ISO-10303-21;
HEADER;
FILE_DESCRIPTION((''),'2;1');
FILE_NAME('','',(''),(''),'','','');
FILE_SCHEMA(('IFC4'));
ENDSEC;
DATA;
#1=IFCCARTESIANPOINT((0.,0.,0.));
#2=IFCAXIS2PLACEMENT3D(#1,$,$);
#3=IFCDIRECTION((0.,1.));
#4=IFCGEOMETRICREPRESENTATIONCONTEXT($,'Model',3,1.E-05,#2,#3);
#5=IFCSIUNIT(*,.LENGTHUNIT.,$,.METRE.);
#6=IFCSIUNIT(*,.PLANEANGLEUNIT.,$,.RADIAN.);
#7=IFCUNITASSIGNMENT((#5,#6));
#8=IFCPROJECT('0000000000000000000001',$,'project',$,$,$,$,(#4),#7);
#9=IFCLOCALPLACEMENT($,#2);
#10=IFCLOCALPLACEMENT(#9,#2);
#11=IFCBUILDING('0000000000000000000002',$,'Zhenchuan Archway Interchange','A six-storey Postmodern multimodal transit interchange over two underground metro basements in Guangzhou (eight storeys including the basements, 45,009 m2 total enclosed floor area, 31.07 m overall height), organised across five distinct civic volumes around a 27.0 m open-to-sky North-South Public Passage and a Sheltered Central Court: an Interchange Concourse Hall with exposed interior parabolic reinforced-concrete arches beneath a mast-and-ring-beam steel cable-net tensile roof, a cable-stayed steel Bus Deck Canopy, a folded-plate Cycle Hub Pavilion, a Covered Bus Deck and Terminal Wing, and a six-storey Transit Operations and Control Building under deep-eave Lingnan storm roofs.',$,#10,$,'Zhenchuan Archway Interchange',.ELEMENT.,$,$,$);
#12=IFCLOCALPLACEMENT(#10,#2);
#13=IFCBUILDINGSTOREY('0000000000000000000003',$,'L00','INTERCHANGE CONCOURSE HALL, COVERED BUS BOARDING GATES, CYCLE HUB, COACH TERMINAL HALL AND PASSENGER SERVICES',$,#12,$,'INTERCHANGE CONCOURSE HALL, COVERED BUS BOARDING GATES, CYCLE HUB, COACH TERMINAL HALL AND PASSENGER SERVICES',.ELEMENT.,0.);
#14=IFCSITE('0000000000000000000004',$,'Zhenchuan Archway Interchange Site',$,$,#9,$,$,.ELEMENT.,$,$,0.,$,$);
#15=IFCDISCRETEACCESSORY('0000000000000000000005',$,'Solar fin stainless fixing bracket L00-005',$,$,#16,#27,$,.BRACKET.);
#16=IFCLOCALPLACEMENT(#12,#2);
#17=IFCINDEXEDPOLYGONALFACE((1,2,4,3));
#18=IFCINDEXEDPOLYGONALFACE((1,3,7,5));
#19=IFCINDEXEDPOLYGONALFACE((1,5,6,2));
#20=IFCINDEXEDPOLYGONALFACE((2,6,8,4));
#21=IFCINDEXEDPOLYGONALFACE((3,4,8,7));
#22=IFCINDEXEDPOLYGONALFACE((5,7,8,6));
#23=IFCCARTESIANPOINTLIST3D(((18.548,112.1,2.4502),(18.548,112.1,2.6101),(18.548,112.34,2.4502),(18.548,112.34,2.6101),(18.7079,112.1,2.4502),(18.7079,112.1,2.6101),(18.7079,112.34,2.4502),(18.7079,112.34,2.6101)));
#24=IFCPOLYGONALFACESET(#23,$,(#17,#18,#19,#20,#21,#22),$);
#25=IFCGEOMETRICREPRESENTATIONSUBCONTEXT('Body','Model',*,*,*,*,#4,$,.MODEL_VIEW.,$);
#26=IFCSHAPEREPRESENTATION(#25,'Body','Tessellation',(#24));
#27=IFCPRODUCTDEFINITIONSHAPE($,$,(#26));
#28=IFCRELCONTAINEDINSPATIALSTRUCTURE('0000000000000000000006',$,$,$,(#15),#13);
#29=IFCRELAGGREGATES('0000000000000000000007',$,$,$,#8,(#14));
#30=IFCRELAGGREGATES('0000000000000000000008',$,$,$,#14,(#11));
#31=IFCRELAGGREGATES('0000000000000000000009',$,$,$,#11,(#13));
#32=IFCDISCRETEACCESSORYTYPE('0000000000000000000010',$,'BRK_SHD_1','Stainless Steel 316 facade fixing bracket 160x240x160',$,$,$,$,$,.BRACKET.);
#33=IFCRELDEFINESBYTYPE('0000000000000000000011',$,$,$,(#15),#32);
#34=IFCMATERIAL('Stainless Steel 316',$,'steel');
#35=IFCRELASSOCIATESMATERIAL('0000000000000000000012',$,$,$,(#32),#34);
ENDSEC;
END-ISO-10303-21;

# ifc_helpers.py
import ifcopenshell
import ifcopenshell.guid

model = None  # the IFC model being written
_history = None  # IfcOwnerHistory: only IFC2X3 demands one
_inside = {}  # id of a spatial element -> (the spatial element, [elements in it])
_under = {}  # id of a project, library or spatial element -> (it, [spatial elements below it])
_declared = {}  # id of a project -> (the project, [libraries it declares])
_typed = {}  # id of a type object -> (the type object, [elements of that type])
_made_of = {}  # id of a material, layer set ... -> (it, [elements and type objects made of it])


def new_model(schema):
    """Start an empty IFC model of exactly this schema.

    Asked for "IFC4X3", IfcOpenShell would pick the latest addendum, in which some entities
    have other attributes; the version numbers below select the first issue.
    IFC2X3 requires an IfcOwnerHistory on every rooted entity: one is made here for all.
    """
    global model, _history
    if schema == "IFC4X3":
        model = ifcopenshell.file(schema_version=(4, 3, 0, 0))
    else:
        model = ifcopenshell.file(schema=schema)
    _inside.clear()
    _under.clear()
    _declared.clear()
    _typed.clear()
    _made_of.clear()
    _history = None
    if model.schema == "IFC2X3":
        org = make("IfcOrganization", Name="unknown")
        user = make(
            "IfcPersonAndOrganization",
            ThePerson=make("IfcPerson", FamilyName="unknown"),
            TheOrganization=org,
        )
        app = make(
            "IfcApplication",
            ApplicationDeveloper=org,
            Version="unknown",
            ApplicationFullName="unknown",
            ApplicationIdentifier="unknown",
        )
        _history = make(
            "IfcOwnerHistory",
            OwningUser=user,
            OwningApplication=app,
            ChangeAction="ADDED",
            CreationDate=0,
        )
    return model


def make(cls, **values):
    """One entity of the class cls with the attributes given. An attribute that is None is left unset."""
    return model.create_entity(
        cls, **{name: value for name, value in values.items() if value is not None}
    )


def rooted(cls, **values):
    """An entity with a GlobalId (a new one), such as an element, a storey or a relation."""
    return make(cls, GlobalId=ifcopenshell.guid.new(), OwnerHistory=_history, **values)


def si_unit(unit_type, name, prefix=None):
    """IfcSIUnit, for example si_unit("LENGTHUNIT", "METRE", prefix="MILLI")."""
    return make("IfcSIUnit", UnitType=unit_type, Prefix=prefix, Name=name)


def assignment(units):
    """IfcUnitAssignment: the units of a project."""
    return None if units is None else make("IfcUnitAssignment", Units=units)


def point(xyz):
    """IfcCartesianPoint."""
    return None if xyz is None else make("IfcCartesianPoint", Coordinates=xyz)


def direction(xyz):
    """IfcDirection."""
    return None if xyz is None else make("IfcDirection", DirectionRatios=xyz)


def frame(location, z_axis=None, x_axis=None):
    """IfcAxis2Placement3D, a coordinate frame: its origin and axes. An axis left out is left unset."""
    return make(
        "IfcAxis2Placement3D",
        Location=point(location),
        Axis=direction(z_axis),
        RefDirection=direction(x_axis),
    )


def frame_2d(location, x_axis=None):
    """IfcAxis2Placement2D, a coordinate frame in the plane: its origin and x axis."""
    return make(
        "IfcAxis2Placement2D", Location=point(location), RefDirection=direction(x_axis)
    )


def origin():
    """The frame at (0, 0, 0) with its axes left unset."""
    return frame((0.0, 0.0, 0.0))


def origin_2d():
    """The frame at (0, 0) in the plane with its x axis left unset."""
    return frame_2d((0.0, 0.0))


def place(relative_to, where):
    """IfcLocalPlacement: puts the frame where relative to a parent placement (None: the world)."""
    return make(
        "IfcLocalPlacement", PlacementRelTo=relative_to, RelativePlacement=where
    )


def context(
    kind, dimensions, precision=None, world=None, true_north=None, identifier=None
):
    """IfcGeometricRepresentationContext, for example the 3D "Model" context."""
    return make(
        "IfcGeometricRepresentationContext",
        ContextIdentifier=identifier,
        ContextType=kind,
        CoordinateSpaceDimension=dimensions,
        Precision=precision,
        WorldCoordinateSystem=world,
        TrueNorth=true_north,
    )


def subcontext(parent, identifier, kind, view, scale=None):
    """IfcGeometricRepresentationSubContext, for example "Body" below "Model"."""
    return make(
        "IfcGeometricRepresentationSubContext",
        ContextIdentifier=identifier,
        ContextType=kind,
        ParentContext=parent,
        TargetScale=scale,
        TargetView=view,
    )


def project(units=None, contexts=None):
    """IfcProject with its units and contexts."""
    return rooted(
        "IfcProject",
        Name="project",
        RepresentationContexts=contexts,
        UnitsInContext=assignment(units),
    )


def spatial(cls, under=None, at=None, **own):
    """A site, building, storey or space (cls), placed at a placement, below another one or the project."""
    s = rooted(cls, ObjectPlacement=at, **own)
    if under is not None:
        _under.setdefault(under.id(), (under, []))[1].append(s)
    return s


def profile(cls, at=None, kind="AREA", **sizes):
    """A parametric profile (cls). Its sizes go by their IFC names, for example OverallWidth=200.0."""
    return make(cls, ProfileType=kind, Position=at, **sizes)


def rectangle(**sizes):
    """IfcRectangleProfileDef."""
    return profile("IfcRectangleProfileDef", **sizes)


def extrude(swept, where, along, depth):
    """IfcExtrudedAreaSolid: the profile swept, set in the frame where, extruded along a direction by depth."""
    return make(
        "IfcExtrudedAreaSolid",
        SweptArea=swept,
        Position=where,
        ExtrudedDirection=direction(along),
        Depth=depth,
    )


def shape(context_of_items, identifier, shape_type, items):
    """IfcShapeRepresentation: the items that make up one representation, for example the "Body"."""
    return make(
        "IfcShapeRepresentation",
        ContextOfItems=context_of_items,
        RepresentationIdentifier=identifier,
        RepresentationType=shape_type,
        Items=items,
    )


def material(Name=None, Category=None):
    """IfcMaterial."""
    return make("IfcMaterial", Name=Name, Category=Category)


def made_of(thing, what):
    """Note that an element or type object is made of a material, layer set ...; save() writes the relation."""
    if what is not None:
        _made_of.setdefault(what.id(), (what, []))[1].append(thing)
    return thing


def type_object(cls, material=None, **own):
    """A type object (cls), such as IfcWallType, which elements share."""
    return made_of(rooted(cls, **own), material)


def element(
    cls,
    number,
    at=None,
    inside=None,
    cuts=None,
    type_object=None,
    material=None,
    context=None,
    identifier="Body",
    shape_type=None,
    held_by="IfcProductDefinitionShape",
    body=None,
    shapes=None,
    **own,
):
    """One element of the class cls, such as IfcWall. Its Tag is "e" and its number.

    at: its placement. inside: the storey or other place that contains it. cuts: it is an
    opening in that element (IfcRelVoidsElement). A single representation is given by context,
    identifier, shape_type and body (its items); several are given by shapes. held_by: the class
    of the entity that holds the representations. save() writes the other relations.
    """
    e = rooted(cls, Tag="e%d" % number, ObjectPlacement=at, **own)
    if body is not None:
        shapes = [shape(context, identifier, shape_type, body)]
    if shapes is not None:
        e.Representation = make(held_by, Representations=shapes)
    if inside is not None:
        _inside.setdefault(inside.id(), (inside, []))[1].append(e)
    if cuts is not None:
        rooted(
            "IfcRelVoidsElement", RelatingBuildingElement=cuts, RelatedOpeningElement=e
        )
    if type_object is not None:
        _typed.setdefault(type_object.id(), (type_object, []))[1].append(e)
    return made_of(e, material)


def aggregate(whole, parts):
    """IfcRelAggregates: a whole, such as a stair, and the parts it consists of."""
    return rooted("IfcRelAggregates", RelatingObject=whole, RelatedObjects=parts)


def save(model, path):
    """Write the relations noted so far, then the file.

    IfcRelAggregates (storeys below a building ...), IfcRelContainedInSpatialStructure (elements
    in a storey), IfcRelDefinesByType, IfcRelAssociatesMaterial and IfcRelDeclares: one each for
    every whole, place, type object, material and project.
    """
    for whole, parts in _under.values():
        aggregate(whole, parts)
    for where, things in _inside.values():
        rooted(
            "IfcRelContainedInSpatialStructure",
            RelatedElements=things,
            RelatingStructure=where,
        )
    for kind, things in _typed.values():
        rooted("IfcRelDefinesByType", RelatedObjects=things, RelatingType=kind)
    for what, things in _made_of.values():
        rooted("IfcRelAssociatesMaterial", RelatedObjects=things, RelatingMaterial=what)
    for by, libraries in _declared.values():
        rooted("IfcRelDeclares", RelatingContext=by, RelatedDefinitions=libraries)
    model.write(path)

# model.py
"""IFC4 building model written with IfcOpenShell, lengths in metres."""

from ifc_helpers import new_model, si_unit, direction, frame, origin, origin_2d, place, context, subcontext, project, spatial, rectangle, extrude, material, type_object, element, save


model = new_model("IFC4")

# Units and contexts
model_context = context("Model", 3, precision=1e-05, world=origin(), true_north=direction((0.0, 1.0)))
body_context = subcontext(model_context, "Body", "Model", "MODEL_VIEW")
ifc_project = project(units=[si_unit("LENGTHUNIT", "METRE"), si_unit("PLANEANGLEUNIT", "RADIAN")], contexts=[model_context])

# Site, building, storey
site_placement = place(None, origin())
site = spatial("IfcSite", under=ifc_project, at=site_placement, Name="Zhenchuan Archway Interchange Site", CompositionType="ELEMENT", RefElevation=0.0)
building_placement = place(site_placement, origin())
building = spatial("IfcBuilding", under=site, at=building_placement, Name="Zhenchuan Archway Interchange", Description="A six-storey Postmodern multimodal transit interchange over two underground metro basements in Guangzhou (eight storeys including the basements, 45,009 m2 total enclosed floor area, 31.07 m overall height), organised across five distinct civic volumes around a 27.0 m open-to-sky North-South Public Passage and a Sheltered Central Court: an Interchange Concourse Hall with exposed interior parabolic reinforced-concrete arches beneath a mast-and-ring-beam steel cable-net tensile roof, a cable-stayed steel Bus Deck Canopy, a folded-plate Cycle Hub Pavilion, a Covered Bus Deck and Terminal Wing, and a six-storey Transit Operations and Control Building under deep-eave Lingnan storm roofs.", LongName="Zhenchuan Archway Interchange", CompositionType="ELEMENT")
storey_placement = place(building_placement, origin())
storey = spatial("IfcBuildingStorey", under=building, at=storey_placement, Name="L00", Description="INTERCHANGE CONCOURSE HALL, COVERED BUS BOARDING GATES, CYCLE HUB, COACH TERMINAL HALL AND PASSENGER SERVICES", LongName="INTERCHANGE CONCOURSE HALL, COVERED BUS BOARDING GATES, CYCLE HUB, COACH TERMINAL HALL AND PASSENGER SERVICES", CompositionType="ELEMENT", Elevation=0.0)

# Discrete accessory
ifc_material_1 = material(Name="Stainless Steel 316", Category="steel")
discrete_accessory_type = type_object("IfcDiscreteAccessoryType", Name="BRK_SHD_1", Description="Stainless Steel 316 facade fixing bracket 160x240x160", PredefinedType="BRACKET", material=ifc_material_1)
discrete_accessory_placement = place(storey_placement, frame((18.6279, 112.22, 2.4502), z_axis=(0.0, 0.0, 1.0), x_axis=(1.0, 0.0, 0.0)))
element("IfcDiscreteAccessory", 1, at=discrete_accessory_placement, inside=storey, type_object=discrete_accessory_type, Name="Solar fin stainless fixing bracket L00-005", PredefinedType="BRACKET", context=body_context, shape_type="SweptSolid", body=[
    extrude(rectangle(XDim=0.1599, YDim=0.24, at=origin_2d()), origin(), (0.0, 0.0, 1.0), 0.1599),
])

save(model, "model.ifc")
